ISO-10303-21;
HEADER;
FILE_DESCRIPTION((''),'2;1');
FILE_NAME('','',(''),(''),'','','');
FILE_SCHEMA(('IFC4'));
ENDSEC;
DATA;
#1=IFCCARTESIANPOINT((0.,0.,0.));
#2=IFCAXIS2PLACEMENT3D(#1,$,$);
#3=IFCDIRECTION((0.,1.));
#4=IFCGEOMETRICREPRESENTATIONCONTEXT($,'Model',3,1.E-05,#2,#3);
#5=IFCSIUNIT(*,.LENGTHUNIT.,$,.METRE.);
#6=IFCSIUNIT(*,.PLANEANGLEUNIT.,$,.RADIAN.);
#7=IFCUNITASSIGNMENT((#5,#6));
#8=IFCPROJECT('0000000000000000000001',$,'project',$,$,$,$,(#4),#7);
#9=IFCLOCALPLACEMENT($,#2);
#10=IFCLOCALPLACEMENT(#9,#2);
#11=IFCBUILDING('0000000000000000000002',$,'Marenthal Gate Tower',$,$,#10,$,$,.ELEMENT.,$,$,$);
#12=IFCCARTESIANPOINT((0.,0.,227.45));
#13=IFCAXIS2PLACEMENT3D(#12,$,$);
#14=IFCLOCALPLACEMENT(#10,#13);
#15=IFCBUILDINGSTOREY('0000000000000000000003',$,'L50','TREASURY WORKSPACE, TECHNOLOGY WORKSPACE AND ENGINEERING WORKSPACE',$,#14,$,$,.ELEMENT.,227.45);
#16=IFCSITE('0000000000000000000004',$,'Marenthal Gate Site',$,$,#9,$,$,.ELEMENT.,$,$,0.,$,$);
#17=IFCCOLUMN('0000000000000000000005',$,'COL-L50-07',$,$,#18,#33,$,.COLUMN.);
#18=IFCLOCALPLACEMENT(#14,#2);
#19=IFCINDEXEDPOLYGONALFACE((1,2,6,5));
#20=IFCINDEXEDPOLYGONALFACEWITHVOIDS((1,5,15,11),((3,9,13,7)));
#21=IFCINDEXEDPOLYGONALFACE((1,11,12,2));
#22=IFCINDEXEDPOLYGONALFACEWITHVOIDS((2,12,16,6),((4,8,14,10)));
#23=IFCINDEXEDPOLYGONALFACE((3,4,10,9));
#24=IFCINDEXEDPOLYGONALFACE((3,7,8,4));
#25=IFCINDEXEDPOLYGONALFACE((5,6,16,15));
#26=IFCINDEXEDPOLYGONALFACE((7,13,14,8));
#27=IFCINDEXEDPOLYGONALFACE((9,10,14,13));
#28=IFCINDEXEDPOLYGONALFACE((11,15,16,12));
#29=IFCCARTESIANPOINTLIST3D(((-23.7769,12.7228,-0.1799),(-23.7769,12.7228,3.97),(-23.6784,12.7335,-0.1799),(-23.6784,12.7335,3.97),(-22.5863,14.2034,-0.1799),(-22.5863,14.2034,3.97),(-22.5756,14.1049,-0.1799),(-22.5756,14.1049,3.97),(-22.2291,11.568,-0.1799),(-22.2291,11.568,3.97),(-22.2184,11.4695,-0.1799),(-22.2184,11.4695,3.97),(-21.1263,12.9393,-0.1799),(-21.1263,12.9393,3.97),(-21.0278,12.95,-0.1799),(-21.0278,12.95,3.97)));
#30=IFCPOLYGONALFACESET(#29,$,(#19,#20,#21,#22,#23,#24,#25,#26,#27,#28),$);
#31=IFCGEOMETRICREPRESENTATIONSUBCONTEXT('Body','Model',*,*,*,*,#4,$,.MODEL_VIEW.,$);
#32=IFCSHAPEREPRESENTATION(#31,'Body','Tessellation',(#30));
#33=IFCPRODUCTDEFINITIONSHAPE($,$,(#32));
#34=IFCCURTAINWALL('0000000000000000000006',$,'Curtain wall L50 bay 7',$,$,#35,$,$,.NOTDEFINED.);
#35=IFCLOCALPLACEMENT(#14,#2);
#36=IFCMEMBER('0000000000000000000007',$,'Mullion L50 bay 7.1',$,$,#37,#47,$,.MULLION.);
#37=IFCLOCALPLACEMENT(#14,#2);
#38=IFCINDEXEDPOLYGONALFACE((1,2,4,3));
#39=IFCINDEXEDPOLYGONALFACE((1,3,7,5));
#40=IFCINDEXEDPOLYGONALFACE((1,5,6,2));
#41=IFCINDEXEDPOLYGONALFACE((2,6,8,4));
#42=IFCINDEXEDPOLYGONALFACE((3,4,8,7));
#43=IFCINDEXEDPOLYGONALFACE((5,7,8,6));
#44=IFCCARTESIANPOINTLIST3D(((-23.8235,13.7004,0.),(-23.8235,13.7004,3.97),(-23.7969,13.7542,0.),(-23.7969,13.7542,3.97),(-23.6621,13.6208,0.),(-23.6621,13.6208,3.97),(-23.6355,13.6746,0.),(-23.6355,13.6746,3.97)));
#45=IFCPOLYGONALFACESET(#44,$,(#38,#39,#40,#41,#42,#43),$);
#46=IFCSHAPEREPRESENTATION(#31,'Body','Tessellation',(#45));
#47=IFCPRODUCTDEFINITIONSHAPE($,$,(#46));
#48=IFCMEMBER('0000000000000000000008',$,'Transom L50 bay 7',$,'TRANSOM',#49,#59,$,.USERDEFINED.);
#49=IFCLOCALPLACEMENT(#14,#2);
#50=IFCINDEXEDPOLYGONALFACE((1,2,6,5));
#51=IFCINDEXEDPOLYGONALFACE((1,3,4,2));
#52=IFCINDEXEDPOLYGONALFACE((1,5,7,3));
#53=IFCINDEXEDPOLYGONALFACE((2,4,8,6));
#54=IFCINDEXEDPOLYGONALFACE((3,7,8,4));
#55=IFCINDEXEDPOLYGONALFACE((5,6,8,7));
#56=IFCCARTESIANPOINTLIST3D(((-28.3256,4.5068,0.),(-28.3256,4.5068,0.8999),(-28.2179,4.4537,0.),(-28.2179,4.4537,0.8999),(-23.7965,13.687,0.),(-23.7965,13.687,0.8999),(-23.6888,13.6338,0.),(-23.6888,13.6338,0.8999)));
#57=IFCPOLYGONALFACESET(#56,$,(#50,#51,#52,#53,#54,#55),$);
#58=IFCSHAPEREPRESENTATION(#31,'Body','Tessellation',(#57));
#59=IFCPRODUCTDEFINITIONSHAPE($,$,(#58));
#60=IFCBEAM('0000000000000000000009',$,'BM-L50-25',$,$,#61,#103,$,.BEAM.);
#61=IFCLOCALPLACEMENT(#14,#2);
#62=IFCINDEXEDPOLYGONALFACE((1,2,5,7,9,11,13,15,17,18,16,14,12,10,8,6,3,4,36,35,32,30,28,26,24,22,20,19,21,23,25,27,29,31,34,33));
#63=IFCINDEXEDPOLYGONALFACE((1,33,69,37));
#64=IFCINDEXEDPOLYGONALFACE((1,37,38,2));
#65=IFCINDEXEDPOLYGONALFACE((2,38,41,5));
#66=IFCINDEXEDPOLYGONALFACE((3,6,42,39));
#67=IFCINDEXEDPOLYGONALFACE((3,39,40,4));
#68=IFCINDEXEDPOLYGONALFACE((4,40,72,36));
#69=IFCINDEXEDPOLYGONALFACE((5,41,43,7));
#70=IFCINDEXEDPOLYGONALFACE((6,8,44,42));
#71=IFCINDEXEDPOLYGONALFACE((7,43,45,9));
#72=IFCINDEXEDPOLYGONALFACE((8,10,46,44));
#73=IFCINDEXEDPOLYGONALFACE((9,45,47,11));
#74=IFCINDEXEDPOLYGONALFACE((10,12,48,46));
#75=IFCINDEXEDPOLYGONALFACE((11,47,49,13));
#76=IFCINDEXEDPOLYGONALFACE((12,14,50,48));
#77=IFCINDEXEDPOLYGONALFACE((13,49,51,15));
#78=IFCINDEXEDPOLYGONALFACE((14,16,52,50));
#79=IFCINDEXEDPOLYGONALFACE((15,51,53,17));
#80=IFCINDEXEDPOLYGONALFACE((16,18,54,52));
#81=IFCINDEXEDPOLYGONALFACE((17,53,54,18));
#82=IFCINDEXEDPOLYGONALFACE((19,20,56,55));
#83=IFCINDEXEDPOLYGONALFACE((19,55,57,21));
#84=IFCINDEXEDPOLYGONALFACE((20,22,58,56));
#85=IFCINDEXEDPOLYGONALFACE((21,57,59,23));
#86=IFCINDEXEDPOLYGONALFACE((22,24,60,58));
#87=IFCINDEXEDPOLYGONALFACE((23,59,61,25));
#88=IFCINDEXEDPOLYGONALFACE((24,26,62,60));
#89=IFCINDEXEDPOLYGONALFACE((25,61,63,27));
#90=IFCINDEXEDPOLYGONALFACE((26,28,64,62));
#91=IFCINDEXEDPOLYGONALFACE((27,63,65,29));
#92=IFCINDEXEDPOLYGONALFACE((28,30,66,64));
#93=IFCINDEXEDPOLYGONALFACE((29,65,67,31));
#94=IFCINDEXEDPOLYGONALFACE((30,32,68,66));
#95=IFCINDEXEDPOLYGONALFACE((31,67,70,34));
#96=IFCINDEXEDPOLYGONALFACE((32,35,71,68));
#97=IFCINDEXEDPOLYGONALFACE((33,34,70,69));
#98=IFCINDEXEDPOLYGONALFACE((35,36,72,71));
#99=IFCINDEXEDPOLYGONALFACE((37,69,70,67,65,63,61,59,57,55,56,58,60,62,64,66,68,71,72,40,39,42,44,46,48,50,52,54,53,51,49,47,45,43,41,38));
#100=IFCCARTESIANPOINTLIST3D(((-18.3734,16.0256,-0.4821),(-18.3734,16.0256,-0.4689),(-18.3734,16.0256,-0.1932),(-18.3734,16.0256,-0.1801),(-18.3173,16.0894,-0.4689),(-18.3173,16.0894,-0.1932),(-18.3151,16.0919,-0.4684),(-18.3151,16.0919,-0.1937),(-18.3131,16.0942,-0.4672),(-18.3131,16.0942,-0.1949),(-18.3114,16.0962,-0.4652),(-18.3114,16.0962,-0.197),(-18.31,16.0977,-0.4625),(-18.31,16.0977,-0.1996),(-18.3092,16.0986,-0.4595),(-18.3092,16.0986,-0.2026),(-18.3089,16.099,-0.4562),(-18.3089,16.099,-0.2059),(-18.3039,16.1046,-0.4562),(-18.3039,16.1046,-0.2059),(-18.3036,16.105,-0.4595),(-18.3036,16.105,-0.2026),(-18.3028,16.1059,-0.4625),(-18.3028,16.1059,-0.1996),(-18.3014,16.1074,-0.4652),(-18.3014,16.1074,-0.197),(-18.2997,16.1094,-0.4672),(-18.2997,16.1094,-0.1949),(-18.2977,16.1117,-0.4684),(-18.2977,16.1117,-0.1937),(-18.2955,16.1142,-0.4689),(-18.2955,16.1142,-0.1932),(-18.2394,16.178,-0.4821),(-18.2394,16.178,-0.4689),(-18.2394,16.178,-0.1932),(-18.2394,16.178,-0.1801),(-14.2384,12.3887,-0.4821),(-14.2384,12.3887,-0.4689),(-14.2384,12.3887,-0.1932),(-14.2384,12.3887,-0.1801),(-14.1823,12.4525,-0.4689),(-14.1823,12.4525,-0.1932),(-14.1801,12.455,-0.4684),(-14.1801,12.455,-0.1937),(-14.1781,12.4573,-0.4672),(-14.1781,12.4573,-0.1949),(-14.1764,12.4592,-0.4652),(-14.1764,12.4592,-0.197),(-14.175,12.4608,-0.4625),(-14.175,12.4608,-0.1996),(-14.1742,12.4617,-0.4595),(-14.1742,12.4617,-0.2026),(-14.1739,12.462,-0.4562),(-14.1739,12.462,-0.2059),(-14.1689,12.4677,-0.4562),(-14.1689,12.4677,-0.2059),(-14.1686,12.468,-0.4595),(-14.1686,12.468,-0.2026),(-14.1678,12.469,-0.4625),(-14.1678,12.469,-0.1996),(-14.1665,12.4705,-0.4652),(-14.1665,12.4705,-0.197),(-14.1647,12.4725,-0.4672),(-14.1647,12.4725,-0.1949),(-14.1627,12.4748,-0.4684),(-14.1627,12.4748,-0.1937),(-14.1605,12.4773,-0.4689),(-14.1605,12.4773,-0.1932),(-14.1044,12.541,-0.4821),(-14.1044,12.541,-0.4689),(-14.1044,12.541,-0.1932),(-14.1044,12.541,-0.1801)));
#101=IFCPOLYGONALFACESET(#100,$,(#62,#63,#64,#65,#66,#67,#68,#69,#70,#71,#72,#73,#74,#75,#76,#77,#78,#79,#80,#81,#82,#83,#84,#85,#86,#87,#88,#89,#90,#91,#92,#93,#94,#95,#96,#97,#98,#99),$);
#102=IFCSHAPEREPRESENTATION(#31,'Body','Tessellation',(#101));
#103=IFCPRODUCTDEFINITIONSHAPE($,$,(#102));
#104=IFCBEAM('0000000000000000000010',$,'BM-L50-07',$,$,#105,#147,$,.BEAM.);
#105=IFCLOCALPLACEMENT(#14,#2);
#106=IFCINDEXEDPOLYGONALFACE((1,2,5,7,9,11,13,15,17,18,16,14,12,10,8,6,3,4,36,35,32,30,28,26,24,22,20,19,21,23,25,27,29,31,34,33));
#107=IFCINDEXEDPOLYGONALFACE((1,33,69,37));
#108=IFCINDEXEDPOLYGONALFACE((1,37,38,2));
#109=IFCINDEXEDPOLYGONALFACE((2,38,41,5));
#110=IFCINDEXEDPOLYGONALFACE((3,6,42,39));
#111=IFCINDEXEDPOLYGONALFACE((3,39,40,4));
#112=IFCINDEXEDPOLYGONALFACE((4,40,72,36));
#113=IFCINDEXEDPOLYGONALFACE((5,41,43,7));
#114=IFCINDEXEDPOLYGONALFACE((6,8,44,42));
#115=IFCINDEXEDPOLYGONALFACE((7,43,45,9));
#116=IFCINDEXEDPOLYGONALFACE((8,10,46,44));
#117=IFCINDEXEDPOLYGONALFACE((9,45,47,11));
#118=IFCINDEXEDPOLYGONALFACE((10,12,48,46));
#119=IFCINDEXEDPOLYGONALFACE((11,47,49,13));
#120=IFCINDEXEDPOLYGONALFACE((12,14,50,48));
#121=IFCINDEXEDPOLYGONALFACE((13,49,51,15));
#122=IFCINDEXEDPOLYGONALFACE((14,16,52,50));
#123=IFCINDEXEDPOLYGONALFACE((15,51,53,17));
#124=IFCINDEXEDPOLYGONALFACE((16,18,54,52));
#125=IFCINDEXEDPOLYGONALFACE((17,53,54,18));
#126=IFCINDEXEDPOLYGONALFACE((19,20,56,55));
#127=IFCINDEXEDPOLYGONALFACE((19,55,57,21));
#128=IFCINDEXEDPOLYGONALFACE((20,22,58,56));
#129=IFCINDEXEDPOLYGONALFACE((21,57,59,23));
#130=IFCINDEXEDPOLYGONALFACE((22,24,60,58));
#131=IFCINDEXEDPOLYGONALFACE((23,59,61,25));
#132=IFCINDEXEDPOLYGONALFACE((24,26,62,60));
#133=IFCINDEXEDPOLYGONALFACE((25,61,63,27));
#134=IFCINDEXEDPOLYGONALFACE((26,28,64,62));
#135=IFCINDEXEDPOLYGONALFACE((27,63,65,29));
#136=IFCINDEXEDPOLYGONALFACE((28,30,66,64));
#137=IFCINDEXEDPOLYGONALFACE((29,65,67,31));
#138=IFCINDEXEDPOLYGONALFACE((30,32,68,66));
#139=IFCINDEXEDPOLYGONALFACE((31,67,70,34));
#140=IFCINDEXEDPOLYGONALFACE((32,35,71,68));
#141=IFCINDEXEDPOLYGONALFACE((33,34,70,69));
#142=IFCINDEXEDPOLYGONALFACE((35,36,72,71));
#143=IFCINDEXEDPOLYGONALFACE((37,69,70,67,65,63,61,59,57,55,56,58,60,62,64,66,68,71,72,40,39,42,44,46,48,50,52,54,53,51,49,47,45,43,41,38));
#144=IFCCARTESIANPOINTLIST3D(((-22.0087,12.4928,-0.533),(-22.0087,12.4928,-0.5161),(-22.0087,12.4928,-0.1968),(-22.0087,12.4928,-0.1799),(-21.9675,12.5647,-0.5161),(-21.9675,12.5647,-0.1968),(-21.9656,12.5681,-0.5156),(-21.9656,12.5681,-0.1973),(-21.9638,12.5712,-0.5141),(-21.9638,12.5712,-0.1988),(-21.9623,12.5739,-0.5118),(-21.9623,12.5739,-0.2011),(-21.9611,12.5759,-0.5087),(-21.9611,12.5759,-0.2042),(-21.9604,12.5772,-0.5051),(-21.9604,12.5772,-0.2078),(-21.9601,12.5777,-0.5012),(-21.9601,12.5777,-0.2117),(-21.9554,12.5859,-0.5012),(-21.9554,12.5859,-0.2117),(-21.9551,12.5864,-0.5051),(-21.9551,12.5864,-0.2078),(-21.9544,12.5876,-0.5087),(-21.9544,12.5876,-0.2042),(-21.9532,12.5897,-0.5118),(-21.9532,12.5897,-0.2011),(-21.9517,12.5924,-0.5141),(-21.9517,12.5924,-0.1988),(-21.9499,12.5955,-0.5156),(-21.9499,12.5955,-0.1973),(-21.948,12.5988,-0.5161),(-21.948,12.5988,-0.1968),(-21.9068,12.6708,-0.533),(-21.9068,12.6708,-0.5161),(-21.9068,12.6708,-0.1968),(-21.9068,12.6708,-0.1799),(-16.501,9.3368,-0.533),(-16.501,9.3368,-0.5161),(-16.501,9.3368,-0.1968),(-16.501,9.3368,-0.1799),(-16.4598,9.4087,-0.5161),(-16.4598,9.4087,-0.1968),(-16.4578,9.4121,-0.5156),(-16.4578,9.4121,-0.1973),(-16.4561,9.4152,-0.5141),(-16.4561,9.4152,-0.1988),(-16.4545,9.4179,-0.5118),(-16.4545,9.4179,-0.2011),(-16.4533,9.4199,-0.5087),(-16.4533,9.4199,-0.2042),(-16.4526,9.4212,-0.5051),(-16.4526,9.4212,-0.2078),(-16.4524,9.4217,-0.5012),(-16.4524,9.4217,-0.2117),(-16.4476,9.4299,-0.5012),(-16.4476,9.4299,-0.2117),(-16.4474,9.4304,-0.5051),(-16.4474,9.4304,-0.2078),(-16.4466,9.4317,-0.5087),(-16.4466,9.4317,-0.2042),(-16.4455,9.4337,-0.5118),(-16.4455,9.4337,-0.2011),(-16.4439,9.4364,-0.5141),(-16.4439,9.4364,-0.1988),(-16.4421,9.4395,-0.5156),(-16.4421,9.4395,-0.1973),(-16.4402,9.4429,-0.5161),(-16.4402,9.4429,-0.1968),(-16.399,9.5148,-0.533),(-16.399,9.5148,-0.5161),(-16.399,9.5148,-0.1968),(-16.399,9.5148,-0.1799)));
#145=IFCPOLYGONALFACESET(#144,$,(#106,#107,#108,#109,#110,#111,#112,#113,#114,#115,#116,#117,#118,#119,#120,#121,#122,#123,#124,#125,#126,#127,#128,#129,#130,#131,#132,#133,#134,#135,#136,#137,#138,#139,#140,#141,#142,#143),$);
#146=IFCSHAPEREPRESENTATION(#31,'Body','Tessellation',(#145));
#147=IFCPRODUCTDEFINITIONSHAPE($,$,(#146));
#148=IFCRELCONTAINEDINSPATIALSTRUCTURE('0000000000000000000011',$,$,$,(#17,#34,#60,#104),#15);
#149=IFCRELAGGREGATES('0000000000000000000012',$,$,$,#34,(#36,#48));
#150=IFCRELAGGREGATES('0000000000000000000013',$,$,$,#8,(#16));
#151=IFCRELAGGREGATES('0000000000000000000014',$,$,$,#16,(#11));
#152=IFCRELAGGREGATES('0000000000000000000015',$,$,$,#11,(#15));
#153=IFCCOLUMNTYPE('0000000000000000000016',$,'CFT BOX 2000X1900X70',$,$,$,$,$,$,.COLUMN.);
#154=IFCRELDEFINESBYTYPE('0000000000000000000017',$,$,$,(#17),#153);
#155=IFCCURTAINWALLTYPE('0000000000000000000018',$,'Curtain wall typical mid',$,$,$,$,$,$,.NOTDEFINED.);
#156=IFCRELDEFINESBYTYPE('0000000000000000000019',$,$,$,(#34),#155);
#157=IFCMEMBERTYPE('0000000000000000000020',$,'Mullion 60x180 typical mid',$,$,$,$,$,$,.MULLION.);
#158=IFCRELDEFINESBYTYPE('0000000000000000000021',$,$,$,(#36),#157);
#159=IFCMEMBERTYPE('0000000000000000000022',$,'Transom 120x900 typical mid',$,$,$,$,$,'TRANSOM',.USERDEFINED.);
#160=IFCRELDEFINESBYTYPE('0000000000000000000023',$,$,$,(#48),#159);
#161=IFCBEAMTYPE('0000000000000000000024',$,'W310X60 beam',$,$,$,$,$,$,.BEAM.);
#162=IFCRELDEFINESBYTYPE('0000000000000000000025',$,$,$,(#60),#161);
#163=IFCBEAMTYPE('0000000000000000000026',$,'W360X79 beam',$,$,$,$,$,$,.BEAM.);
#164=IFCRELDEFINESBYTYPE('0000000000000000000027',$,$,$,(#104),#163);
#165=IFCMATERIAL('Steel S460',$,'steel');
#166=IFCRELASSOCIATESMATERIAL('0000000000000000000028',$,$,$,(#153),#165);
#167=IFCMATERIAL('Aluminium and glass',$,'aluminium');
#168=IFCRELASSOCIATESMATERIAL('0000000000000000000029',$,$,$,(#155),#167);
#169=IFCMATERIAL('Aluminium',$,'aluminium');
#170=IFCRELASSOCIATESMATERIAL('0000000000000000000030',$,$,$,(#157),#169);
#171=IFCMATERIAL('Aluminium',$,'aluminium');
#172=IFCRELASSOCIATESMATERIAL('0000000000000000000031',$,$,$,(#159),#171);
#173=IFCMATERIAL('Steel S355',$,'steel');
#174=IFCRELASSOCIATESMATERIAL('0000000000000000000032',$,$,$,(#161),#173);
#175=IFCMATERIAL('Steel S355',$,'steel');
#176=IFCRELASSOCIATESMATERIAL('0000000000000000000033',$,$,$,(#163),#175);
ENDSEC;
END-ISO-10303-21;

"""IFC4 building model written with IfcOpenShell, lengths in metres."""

from ifc_helpers import new_model, si_unit, direction, frame, origin, origin_2d, place, context, subcontext, project, spatial, rectangle, hollow_rectangle, i_section, extrude, material, material_profile, profile_set, type_object, element, aggregate, save


model = new_model("IFC4")

# Units and contexts
model_context = context("Model", 3, precision=1e-05, world=origin(), true_north=direction((0.0, 1.0)))
body_context = subcontext(model_context, "Body", "Model", "MODEL_VIEW")
ifc_project = project(units=[si_unit("LENGTHUNIT", "METRE"), si_unit("PLANEANGLEUNIT", "RADIAN")], contexts=[model_context])

# Site, building, storey
site_placement = place(None, origin())
site = spatial("IfcSite", under=ifc_project, at=site_placement, Name="Marenthal Gate Site", CompositionType="ELEMENT", RefElevation=0.0)
building_placement = place(site_placement, origin())
building = spatial("IfcBuilding", under=site, at=building_placement, Name="Marenthal Gate Tower", CompositionType="ELEMENT")
storey_placement = place(building_placement, frame((0.0, 0.0, 227.45)))
storey = spatial("IfcBuildingStorey", under=building, at=storey_placement, Name="L50", Description="TREASURY WORKSPACE, TECHNOLOGY WORKSPACE AND ENGINEERING WORKSPACE", CompositionType="ELEMENT", Elevation=227.45)

# Column
ifc_material_1 = material(Name="Steel S460", Category="steel")
ifc_material_profile_1 = material_profile(ifc_material_1, hollow_rectangle(XDim=1.8999, YDim=2.0, WallThickness=0.0701, at=origin_2d()), Name="CFT BOX 2000X1900X70")
ifc_material_2 = material(Name="Concrete 70 MPa", Category="concrete")
ifc_material_profile_2 = material_profile(ifc_material_2, rectangle(XDim=1.76, YDim=1.8601, at=origin_2d()), Name="CFT BOX 2000X1900X70 INFILL")
ifc_profile_set_1 = profile_set([ifc_material_profile_1, ifc_material_profile_2], Name="Steel S460 shell, Concrete 70 MPa infill")
column_type = type_object("IfcColumnType", Name="CFT BOX 2000X1900X70", PredefinedType="COLUMN", material=ifc_profile_set_1)
column_placement = place(storey_placement, frame((-22.4023, 12.8364, -0.1799), z_axis=(0.0, 0.0, 1.0), x_axis=(0.626684, 0.779273, 0.0)))
element("IfcColumn", 1, at=column_placement, inside=storey, type_object=column_type, Name="COL-L50-07", PredefinedType="COLUMN", context=body_context, shape_type="SweptSolid", body=[
    extrude(hollow_rectangle(XDim=1.8999, YDim=2.0, WallThickness=0.0701, at=origin_2d()), origin(), (0.0, 0.0, 1.0), 4.1499),
])

# Curtain wall, members
ifc_material_3 = material(Name="Aluminium and glass", Category="aluminium")
curtain_wall_type = type_object("IfcCurtainWallType", Name="Curtain wall typical mid", PredefinedType="NOTDEFINED", material=ifc_material_3)
curtain_wall_placement = place(storey_placement, origin())
curtain_wall = element("IfcCurtainWall", 2, at=curtain_wall_placement, inside=storey, type_object=curtain_wall_type, Name="Curtain wall L50 bay 7", PredefinedType="NOTDEFINED")
ifc_material_4 = material(Name="Aluminium", Category="aluminium")
ifc_material_profile_3 = material_profile(ifc_material_4, rectangle(XDim=0.1799, YDim=0.0601, at=origin_2d()), Name="60x180 aluminium mullion")
ifc_profile_set_2 = profile_set([ifc_material_profile_3], Name="Aluminium")
member_type_1 = type_object("IfcMemberType", Name="Mullion 60x180 typical mid", PredefinedType="MULLION", material=ifc_profile_set_2)
member_1_placement = place(storey_placement, frame((-23.7295, 13.6875, 0.0), z_axis=(0.0, 0.0, 1.0), x_axis=(0.896798, -0.442441, 0.0)))
member_1 = element("IfcMember", 3, at=member_1_placement, type_object=member_type_1, Name="Mullion L50 bay 7.1", PredefinedType="MULLION", context=body_context, shape_type="SweptSolid", body=[
    extrude(rectangle(XDim=0.1799, YDim=0.0601, at=origin_2d()), origin(), (0.0, 0.0, 1.0), 3.97),
])
ifc_material_5 = material(Name="Aluminium", Category="aluminium")
ifc_material_profile_4 = material_profile(ifc_material_5, rectangle(XDim=0.1201, YDim=0.8999, at=origin_2d()), Name="120x900 aluminium transom")
ifc_profile_set_3 = profile_set([ifc_material_profile_4], Name="Aluminium")
member_type_2 = type_object("IfcMemberType", Name="Transom 120x900 typical mid", ElementType="TRANSOM", PredefinedType="USERDEFINED", material=ifc_profile_set_3)
member_2_placement = place(storey_placement, frame((-23.7427, 13.6604, 0.45), z_axis=(-0.442437, -0.896799, 0.0), x_axis=(0.896799, -0.442437, 0.0)))
member_2 = element("IfcMember", 4, at=member_2_placement, type_object=member_type_2, Name="Transom L50 bay 7", ObjectType="TRANSOM", PredefinedType="USERDEFINED", context=body_context, shape_type="SweptSolid", body=[
    extrude(rectangle(XDim=0.1201, YDim=0.8999, at=origin_2d()), origin(), (0.0, 0.0, 1.0), 10.2366),
])

# Beams
ifc_material_6 = material(Name="Steel S355", Category="steel")
ifc_material_profile_5 = material_profile(ifc_material_6, i_section(OverallWidth=0.2029, OverallDepth=0.302, WebThickness=0.0076, FlangeThickness=0.0132, FilletRadius=0.0127, at=origin_2d()), Name="W310X60")
ifc_profile_set_4 = profile_set([ifc_material_profile_5], Name="Steel S355")
beam_type_1 = type_object("IfcBeamType", Name="W310X60 beam", PredefinedType="BEAM", material=ifc_profile_set_4)
beam_1_placement = place(storey_placement, frame((-18.3064, 16.1018, -0.3311), z_axis=(0.75088, -0.660439, 0.0), x_axis=(0.660439, 0.75088, 0.0)))
element("IfcBeam", 5, at=beam_1_placement, inside=storey, type_object=beam_type_1, Name="BM-L50-25", PredefinedType="BEAM", context=body_context, shape_type="SweptSolid", body=[
    extrude(i_section(OverallWidth=0.2029, OverallDepth=0.302, WebThickness=0.0076, FlangeThickness=0.0132, FilletRadius=0.0127, at=origin_2d()), origin(), (0.0, 0.0, 1.0), 5.5068),
])
ifc_material_7 = material(Name="Steel S355", Category="steel")
ifc_material_profile_6 = material_profile(ifc_material_7, i_section(OverallWidth=0.2051, OverallDepth=0.353, WebThickness=0.0095, FlangeThickness=0.0168, FilletRadius=0.0149, at=origin_2d()), Name="W360X79")
ifc_profile_set_5 = profile_set([ifc_material_profile_6], Name="Steel S355")
beam_type_2 = type_object("IfcBeamType", Name="W360X79 beam", PredefinedType="BEAM", material=ifc_profile_set_5)
beam_2_placement = place(storey_placement, frame((-21.9578, 12.5818, -0.3564), z_axis=(0.867653, -0.49717, 0.0), x_axis=(0.49717, 0.867653, 0.0)))
element("IfcBeam", 6, at=beam_2_placement, inside=storey, type_object=beam_type_2, Name="BM-L50-07", PredefinedType="BEAM", context=body_context, shape_type="SweptSolid", body=[
    extrude(i_section(OverallWidth=0.2051, OverallDepth=0.353, WebThickness=0.0095, FlangeThickness=0.0168, FilletRadius=0.0149, at=origin_2d()), origin(), (0.0, 0.0, 1.0), 6.3479),
])

aggregate(curtain_wall, [member_1, member_2])

save(model, "model.ifc")
